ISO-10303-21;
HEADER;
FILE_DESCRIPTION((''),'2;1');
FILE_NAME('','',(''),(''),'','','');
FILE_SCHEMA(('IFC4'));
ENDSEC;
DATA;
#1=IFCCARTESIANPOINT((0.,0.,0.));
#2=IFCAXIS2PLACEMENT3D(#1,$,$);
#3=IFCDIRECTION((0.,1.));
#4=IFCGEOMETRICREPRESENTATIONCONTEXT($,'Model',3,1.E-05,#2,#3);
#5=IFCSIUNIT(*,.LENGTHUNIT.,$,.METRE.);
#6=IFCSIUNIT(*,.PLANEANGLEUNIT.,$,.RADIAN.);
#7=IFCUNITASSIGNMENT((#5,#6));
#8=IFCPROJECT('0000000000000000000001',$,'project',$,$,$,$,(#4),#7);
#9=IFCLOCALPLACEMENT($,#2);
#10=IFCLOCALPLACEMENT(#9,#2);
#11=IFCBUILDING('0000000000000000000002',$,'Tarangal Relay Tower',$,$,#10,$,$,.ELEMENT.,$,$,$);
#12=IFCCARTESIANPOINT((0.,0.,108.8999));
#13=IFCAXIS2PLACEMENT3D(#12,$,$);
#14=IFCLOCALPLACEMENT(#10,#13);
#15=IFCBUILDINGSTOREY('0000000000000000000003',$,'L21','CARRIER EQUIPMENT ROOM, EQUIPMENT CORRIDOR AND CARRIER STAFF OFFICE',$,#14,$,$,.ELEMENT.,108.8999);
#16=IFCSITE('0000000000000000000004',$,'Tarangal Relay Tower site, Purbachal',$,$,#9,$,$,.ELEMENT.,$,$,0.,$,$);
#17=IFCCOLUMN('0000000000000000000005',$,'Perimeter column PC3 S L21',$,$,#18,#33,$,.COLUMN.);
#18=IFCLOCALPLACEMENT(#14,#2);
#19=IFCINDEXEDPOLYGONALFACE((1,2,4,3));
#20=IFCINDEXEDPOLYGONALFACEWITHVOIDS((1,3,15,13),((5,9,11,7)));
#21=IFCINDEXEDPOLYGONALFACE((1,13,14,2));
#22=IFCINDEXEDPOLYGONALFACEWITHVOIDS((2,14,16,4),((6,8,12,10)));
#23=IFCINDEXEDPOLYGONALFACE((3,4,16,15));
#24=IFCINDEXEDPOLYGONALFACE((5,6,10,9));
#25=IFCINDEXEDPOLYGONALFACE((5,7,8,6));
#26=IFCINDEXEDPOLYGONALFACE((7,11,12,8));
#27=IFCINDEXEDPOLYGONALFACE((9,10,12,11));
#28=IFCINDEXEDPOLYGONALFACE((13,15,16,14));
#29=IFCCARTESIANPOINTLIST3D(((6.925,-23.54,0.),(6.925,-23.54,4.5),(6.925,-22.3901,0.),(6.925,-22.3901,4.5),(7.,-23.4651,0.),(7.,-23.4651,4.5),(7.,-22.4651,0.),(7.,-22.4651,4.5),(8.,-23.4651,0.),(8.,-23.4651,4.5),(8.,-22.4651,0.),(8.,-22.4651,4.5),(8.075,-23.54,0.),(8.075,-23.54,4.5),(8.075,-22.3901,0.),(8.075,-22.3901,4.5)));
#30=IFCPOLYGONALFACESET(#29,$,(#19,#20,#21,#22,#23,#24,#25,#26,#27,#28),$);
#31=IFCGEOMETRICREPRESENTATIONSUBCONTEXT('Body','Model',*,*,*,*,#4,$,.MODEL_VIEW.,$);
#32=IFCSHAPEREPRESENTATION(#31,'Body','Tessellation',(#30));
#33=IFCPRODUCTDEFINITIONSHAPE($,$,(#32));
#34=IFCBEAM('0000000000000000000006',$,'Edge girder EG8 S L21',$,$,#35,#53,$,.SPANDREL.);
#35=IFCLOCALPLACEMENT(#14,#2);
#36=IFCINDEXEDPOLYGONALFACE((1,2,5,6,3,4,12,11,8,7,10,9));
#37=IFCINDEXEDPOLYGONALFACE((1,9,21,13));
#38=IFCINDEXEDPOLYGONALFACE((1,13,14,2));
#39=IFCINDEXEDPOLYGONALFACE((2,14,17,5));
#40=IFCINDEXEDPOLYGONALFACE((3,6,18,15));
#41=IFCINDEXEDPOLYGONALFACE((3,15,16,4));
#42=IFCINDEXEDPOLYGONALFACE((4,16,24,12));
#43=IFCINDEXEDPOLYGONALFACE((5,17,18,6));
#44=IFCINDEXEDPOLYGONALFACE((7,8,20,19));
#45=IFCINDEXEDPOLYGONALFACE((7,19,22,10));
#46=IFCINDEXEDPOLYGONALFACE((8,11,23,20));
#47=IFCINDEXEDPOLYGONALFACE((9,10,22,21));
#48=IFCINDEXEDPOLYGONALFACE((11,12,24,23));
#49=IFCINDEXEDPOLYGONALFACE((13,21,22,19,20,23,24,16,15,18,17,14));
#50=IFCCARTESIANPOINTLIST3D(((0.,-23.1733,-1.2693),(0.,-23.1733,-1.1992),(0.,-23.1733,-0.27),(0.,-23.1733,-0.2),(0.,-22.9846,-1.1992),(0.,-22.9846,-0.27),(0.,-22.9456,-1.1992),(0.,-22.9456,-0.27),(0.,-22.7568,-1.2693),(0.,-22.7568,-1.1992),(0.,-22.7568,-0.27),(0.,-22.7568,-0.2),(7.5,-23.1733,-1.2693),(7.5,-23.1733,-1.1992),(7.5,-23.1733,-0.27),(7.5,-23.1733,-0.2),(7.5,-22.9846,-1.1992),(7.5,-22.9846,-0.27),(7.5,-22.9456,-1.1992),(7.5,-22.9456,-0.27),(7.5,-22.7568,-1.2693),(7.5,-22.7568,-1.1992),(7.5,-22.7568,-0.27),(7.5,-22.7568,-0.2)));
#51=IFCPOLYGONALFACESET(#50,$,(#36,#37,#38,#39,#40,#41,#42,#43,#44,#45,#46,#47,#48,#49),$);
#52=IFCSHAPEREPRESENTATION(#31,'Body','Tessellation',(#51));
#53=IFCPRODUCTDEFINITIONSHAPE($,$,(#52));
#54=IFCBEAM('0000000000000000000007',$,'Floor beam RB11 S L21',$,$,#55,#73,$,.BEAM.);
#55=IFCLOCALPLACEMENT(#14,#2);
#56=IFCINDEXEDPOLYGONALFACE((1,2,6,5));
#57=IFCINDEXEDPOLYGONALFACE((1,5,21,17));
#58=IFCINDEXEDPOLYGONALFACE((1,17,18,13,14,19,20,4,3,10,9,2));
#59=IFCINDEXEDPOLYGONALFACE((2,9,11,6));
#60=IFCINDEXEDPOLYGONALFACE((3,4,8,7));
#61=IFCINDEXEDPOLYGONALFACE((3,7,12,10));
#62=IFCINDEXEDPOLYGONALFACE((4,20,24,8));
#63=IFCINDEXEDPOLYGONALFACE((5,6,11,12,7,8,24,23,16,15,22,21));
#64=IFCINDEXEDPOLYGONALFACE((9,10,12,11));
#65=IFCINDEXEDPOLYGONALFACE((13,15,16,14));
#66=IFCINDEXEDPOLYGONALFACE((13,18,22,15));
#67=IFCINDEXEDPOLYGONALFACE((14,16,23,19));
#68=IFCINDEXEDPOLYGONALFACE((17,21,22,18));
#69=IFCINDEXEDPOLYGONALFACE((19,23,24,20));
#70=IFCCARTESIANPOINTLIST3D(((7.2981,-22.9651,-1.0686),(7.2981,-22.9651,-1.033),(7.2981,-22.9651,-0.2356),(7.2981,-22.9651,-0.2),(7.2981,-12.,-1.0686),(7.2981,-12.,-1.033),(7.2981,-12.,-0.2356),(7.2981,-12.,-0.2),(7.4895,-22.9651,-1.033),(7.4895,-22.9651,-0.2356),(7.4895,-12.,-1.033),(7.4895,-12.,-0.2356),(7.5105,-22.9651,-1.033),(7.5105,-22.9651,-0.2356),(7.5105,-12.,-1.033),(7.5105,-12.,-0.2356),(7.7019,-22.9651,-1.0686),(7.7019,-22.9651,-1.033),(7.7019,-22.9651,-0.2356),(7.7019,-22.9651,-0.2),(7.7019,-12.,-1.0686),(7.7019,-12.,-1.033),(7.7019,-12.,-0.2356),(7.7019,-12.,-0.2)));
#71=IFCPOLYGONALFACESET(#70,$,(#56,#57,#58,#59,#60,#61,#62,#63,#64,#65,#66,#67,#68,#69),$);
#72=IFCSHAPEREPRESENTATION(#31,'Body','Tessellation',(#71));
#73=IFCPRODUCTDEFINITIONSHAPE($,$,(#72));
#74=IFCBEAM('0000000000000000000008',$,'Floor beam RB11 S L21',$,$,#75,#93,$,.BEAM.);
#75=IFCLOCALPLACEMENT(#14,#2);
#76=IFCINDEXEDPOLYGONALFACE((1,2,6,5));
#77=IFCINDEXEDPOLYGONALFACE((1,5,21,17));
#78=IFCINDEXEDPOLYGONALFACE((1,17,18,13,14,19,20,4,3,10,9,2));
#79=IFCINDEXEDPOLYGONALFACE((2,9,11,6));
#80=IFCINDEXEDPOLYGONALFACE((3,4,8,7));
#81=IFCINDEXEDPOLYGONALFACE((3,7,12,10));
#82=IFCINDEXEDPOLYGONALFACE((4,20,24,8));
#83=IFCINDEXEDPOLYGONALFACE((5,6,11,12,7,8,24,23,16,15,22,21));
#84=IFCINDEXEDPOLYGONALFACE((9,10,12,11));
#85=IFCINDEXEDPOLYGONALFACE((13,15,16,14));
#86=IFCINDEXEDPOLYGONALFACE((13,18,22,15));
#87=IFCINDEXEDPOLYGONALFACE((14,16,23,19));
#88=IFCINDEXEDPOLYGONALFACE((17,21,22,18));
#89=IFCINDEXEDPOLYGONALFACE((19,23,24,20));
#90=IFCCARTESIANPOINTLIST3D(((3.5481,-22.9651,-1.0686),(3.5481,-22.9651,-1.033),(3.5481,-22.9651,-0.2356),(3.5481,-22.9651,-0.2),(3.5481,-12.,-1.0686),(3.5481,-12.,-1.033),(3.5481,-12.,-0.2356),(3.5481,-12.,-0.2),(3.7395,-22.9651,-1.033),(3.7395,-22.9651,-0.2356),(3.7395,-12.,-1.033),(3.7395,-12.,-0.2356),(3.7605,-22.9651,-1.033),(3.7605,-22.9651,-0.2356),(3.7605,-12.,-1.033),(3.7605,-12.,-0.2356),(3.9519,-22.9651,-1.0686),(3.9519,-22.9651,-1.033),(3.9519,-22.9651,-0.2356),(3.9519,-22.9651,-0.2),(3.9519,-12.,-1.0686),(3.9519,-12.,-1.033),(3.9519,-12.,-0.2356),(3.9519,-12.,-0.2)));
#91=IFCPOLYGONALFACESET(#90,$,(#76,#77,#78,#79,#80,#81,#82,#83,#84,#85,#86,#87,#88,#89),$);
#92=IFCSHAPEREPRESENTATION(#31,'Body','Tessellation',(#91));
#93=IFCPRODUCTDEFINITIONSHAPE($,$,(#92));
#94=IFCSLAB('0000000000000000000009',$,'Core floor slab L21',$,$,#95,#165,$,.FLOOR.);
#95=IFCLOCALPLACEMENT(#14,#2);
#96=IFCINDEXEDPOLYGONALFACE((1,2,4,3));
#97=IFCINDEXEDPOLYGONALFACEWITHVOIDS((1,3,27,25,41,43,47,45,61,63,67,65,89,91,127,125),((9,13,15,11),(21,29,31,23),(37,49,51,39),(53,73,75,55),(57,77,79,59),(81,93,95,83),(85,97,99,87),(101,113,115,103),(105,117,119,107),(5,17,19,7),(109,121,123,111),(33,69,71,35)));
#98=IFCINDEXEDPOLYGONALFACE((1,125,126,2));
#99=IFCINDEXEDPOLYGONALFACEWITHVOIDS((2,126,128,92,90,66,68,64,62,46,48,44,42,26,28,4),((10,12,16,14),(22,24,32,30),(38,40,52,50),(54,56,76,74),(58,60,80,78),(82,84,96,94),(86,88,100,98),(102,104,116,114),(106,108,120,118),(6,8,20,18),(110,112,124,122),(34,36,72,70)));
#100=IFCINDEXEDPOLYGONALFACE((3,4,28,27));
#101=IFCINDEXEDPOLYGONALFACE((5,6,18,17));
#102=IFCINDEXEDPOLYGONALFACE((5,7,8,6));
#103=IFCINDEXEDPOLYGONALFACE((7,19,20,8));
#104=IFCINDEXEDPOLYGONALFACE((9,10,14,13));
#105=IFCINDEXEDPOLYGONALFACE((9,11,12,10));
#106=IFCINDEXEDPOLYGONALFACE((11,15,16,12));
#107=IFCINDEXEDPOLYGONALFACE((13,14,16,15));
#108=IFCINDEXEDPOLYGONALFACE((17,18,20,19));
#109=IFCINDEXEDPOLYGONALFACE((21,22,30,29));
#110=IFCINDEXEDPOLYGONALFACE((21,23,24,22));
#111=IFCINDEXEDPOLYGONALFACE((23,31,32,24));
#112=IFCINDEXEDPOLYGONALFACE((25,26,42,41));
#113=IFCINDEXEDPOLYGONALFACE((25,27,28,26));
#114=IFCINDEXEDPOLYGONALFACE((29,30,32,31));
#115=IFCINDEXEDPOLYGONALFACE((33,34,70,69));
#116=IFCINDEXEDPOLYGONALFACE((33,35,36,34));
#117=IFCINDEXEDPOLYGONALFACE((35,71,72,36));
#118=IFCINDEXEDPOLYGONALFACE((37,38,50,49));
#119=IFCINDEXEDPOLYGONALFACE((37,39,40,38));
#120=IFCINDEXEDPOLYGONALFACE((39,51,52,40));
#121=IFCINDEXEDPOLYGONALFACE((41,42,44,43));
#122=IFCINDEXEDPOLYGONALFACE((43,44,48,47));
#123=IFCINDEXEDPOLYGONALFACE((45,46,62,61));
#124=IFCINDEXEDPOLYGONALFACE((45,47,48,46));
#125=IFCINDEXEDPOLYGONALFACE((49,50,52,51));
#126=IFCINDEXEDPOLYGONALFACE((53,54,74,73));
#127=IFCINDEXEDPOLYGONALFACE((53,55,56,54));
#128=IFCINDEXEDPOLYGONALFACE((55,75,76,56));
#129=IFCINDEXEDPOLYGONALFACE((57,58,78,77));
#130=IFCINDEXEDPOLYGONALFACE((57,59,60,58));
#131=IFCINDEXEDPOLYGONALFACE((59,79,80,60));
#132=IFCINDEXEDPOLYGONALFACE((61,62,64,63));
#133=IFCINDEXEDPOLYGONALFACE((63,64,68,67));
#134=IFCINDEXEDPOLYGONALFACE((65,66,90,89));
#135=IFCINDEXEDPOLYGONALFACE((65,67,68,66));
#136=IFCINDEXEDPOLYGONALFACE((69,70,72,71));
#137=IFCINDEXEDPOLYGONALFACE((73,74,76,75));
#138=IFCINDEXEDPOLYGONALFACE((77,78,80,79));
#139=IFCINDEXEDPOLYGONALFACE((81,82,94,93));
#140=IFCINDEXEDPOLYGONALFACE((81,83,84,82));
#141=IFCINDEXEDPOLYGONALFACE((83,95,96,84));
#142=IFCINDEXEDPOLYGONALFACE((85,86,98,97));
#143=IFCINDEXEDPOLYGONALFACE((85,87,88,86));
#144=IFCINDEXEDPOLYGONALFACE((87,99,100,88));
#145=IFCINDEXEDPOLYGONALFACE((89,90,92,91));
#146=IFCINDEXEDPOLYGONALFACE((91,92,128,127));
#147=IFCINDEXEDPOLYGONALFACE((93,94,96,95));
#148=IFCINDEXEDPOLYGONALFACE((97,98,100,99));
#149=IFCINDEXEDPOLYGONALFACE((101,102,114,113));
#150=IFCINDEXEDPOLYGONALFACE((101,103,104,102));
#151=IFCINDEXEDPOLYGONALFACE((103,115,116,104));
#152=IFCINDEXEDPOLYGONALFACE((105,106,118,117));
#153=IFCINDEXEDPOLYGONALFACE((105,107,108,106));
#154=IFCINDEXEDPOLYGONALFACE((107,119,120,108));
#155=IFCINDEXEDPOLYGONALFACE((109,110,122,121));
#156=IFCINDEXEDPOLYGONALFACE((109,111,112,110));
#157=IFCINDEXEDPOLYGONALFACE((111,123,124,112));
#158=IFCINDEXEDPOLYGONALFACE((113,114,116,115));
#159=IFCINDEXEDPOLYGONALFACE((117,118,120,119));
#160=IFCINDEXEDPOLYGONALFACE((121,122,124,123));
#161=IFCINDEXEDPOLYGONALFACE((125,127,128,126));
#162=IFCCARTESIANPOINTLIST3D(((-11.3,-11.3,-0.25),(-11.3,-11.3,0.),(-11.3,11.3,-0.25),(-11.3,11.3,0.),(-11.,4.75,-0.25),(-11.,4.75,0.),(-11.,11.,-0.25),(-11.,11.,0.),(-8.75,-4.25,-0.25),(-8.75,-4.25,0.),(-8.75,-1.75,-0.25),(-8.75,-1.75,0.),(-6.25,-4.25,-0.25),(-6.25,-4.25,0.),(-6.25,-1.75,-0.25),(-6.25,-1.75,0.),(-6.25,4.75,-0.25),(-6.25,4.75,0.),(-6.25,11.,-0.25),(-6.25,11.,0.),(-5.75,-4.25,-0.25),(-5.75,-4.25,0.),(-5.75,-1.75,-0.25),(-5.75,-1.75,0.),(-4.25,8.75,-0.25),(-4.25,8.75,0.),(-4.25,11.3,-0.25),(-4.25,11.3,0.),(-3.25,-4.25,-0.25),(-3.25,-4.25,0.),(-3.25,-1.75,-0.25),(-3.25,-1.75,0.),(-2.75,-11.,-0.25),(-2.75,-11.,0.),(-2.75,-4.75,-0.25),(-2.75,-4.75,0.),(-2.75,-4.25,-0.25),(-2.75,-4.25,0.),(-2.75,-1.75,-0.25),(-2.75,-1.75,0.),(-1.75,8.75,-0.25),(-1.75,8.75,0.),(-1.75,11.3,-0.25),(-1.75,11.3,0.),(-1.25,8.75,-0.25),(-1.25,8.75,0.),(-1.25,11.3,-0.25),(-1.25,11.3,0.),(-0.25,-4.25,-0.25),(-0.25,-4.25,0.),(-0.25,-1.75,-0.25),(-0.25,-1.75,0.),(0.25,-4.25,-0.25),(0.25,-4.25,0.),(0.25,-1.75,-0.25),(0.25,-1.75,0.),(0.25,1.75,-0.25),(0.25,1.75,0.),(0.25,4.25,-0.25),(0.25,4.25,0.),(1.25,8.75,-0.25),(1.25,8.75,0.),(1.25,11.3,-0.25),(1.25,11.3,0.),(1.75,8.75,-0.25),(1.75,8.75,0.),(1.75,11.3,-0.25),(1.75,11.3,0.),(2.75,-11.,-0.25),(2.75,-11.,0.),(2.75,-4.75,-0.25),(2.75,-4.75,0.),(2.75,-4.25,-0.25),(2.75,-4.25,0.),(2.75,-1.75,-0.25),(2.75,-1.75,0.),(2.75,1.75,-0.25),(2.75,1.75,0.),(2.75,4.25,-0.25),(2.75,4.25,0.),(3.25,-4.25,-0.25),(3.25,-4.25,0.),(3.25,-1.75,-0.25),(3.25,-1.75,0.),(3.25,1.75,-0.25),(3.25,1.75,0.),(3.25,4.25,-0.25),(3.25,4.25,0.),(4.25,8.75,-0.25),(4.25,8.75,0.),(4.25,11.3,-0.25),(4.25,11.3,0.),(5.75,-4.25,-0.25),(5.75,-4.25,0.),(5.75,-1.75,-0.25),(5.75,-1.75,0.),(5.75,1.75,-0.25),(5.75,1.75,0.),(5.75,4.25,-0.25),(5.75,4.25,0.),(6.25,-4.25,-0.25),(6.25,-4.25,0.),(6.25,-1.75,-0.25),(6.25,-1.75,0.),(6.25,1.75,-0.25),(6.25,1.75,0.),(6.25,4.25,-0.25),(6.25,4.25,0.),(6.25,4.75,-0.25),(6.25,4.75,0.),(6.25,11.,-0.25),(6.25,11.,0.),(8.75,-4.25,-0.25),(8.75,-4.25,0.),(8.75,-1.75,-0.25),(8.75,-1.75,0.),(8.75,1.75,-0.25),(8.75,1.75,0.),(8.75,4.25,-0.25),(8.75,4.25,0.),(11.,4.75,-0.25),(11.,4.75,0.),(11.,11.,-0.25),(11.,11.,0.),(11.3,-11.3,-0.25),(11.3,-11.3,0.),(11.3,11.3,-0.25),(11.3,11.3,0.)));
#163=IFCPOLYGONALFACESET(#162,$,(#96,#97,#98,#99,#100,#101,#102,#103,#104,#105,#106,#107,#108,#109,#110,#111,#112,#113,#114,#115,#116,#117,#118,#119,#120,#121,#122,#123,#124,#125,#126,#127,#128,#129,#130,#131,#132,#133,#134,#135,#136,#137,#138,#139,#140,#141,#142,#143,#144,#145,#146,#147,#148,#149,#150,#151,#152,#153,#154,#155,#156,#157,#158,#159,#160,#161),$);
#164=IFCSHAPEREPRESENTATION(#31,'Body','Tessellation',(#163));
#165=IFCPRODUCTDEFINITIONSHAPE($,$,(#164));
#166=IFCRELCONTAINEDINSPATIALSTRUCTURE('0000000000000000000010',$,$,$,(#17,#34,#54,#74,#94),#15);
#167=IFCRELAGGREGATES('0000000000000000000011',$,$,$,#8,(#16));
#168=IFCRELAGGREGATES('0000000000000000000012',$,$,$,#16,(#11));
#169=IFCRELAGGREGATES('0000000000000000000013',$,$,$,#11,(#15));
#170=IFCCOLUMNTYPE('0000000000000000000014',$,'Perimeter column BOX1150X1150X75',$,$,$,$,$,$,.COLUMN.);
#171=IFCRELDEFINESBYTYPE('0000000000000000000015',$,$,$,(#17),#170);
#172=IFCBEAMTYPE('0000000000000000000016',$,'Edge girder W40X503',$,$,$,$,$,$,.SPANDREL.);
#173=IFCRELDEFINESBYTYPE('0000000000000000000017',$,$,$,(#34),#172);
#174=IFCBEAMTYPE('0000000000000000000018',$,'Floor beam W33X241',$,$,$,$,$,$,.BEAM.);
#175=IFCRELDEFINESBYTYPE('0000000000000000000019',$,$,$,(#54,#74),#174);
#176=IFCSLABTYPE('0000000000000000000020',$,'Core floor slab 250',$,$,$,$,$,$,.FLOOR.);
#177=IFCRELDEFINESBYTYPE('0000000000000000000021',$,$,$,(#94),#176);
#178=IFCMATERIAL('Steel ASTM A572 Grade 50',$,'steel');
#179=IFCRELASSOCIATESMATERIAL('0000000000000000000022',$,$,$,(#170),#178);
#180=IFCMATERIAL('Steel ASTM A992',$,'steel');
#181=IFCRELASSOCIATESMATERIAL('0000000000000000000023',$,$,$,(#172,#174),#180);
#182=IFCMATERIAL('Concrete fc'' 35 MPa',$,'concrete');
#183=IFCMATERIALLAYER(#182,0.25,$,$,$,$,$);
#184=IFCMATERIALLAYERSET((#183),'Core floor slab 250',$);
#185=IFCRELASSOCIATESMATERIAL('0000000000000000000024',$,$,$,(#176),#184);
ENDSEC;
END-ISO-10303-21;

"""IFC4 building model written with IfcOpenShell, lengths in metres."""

from ifc_helpers import new_model, si_unit, direction, frame, origin, origin_2d, place, context, subcontext, project, spatial, polyline, hollow_rectangle, i_section, outline, extrude, material, layer, layer_set, material_profile, profile_set, type_object, element, save


model = new_model("IFC4")

# Units and contexts
model_context = context("Model", 3, precision=1e-05, world=origin(), true_north=direction((0.0, 1.0)))
body_context = subcontext(model_context, "Body", "Model", "MODEL_VIEW")
ifc_project = project(units=[si_unit("LENGTHUNIT", "METRE"), si_unit("PLANEANGLEUNIT", "RADIAN")], contexts=[model_context])

# Site, building, storey
site_placement = place(None, origin())
site = spatial("IfcSite", under=ifc_project, at=site_placement, Name="Tarangal Relay Tower site, Purbachal", CompositionType="ELEMENT", RefElevation=0.0)
building_placement = place(site_placement, origin())
building = spatial("IfcBuilding", under=site, at=building_placement, Name="Tarangal Relay Tower", CompositionType="ELEMENT")
storey_placement = place(building_placement, frame((0.0, 0.0, 108.8999)))
storey = spatial("IfcBuildingStorey", under=building, at=storey_placement, Name="L21", Description="CARRIER EQUIPMENT ROOM, EQUIPMENT CORRIDOR AND CARRIER STAFF OFFICE", CompositionType="ELEMENT", Elevation=108.8999)

# Column
ifc_material_1 = material(Name="Steel ASTM A572 Grade 50", Category="steel")
ifc_material_profile_1 = material_profile(ifc_material_1, hollow_rectangle(XDim=1.1499, YDim=1.1499, WallThickness=0.075, at=origin_2d()), Name="BOX1150X1150X75")
ifc_profile_set_1 = profile_set([ifc_material_profile_1], Name="Steel ASTM A572 Grade 50")
column_type = type_object("IfcColumnType", Name="Perimeter column BOX1150X1150X75", PredefinedType="COLUMN", material=ifc_profile_set_1)
column_placement = place(storey_placement, frame((7.5, -22.9651, 0.0), z_axis=(0.0, 0.0, 1.0), x_axis=(1.0, 0.0, 0.0)))
element("IfcColumn", 1, at=column_placement, inside=storey, type_object=column_type, Name="Perimeter column PC3 S L21", PredefinedType="COLUMN", context=body_context, shape_type="SweptSolid", body=[
    extrude(hollow_rectangle(XDim=1.1499, YDim=1.1499, WallThickness=0.075, at=origin_2d()), origin(), (0.0, 0.0, 1.0), 4.5),
])

# Beams
ifc_material_2 = material(Name="Steel ASTM A992", Category="steel")
ifc_material_profile_2 = material_profile(ifc_material_2, i_section(OverallWidth=0.4165, OverallDepth=1.0693, WebThickness=0.0391, FlangeThickness=0.0701, at=origin_2d()), Name="W40X503")
ifc_profile_set_2 = profile_set([ifc_material_profile_2], Name="Steel ASTM A992")
beam_type_1 = type_object("IfcBeamType", Name="Edge girder W40X503", PredefinedType="SPANDREL", material=ifc_profile_set_2)
beam_placement = place(storey_placement, frame((7.5, -22.9651, -0.7346), z_axis=(-1.0, 0.0, 0.0), x_axis=(0.0, -1.0, 0.0)))
element("IfcBeam", 2, at=beam_placement, inside=storey, type_object=beam_type_1, Name="Edge girder EG8 S L21", PredefinedType="SPANDREL", context=body_context, shape_type="SweptSolid", body=[
    extrude(i_section(OverallWidth=0.4165, OverallDepth=1.0693, WebThickness=0.0391, FlangeThickness=0.0701, at=origin_2d()), origin(), (0.0, 0.0, 1.0), 7.5),
])
ifc_material_profile_3 = material_profile(ifc_material_2, i_section(OverallWidth=0.4038, OverallDepth=0.8687, WebThickness=0.021, FlangeThickness=0.0356, at=origin_2d()), Name="W33X241")
ifc_profile_set_3 = profile_set([ifc_material_profile_3], Name="Steel ASTM A992")
beam_type_2 = type_object("IfcBeamType", Name="Floor beam W33X241", PredefinedType="BEAM", material=ifc_profile_set_3)
for number, where, z_axis, x_axis, name in (
    (3, (7.5, -12.0, -0.6343), (0.0, -1.0, 0.0), (1.0, 0.0, 0.0), "Floor beam RB11 S L21"),
    (4, (3.75, -12.0, -0.6343), (0.0, -1.0, 0.0), (1.0, 0.0, 0.0), "Floor beam RB11 S L21"),
):
    element("IfcBeam", number, at=place(storey_placement, frame(where, z_axis=z_axis, x_axis=x_axis)), inside=storey, type_object=beam_type_2, Name=name, PredefinedType="BEAM", context=body_context, shape_type="SweptSolid", body=[
        extrude(i_section(OverallWidth=0.4038, OverallDepth=0.8687, WebThickness=0.021, FlangeThickness=0.0356, at=origin_2d()), origin(), (0.0, 0.0, 1.0), 10.9651),
    ])

# Slab
ifc_material_3 = material(Name="Concrete fc' 35 MPa", Category="concrete")
ifc_layer_1 = layer(ifc_material_3, 0.25)
ifc_layer_set_1 = layer_set([ifc_layer_1], Name="Core floor slab 250")
slab_type_1 = type_object("IfcSlabType", Name="Core floor slab 250", PredefinedType="FLOOR", material=ifc_layer_set_1)
slab_1_placement = place(storey_placement, frame((0.0, 0.0, -0.25)))
element("IfcSlab", 5, at=slab_1_placement, inside=storey, type_object=slab_type_1, Name="Core floor slab L21", PredefinedType="FLOOR", context=body_context, shape_type="SweptSolid", body=[
    extrude(outline(polyline([(11.3, 11.3), (11.3, -11.3), (-11.3, -11.3), (-11.3, 11.3), (-4.25, 11.3), (-4.25, 8.75), (-1.75, 8.75), (-1.75, 11.3), (-1.25, 11.3), (-1.25, 8.75), (1.25, 8.75), (1.25, 11.3), (1.75, 11.3), (1.75, 8.75), (4.25, 8.75), (4.25, 11.3), (11.3, 11.3)]), holes=[polyline([(2.75, -4.75), (-2.75, -4.75), (-2.75, -11.0), (2.75, -11.0), (2.75, -4.75)]), polyline([(-6.25, -4.25), (-6.25, -1.75), (-8.75, -1.75), (-8.75, -4.25), (-6.25, -4.25)]), polyline([(-3.25, -4.25), (-3.25, -1.75), (-5.75, -1.75), (-5.75, -4.25), (-3.25, -4.25)]), polyline([(-0.25, -4.25), (-0.25, -1.75), (-2.75, -1.75), (-2.75, -4.25), (-0.25, -4.25)]), polyline([(2.75, 1.75), (2.75, 4.25), (0.25, 4.25), (0.25, 1.75), (2.75, 1.75)]), polyline([(-6.25, 4.75), (-6.25, 11.0), (-11.0, 11.0), (-11.0, 4.75), (-6.25, 4.75)]), polyline([(2.75, -4.25), (2.75, -1.75), (0.25, -1.75), (0.25, -4.25), (2.75, -4.25)]), polyline([(5.75, -4.25), (5.75, -1.75), (3.25, -1.75), (3.25, -4.25), (5.75, -4.25)]), polyline([(8.75, -4.25), (8.75, -1.75), (6.25, -1.75), (6.25, -4.25), (8.75, -4.25)]), polyline([(5.75, 1.75), (5.75, 4.25), (3.25, 4.25), (3.25, 1.75), (5.75, 1.75)]), polyline([(8.75, 1.75), (8.75, 4.25), (6.25, 4.25), (6.25, 1.75), (8.75, 1.75)]), polyline([(11.0, 4.75), (11.0, 11.0), (6.25, 11.0), (6.25, 4.75), (11.0, 4.75)])]), origin(), (0.0, 0.0, 1.0), 0.25),
])

save(model, "model.ifc")
